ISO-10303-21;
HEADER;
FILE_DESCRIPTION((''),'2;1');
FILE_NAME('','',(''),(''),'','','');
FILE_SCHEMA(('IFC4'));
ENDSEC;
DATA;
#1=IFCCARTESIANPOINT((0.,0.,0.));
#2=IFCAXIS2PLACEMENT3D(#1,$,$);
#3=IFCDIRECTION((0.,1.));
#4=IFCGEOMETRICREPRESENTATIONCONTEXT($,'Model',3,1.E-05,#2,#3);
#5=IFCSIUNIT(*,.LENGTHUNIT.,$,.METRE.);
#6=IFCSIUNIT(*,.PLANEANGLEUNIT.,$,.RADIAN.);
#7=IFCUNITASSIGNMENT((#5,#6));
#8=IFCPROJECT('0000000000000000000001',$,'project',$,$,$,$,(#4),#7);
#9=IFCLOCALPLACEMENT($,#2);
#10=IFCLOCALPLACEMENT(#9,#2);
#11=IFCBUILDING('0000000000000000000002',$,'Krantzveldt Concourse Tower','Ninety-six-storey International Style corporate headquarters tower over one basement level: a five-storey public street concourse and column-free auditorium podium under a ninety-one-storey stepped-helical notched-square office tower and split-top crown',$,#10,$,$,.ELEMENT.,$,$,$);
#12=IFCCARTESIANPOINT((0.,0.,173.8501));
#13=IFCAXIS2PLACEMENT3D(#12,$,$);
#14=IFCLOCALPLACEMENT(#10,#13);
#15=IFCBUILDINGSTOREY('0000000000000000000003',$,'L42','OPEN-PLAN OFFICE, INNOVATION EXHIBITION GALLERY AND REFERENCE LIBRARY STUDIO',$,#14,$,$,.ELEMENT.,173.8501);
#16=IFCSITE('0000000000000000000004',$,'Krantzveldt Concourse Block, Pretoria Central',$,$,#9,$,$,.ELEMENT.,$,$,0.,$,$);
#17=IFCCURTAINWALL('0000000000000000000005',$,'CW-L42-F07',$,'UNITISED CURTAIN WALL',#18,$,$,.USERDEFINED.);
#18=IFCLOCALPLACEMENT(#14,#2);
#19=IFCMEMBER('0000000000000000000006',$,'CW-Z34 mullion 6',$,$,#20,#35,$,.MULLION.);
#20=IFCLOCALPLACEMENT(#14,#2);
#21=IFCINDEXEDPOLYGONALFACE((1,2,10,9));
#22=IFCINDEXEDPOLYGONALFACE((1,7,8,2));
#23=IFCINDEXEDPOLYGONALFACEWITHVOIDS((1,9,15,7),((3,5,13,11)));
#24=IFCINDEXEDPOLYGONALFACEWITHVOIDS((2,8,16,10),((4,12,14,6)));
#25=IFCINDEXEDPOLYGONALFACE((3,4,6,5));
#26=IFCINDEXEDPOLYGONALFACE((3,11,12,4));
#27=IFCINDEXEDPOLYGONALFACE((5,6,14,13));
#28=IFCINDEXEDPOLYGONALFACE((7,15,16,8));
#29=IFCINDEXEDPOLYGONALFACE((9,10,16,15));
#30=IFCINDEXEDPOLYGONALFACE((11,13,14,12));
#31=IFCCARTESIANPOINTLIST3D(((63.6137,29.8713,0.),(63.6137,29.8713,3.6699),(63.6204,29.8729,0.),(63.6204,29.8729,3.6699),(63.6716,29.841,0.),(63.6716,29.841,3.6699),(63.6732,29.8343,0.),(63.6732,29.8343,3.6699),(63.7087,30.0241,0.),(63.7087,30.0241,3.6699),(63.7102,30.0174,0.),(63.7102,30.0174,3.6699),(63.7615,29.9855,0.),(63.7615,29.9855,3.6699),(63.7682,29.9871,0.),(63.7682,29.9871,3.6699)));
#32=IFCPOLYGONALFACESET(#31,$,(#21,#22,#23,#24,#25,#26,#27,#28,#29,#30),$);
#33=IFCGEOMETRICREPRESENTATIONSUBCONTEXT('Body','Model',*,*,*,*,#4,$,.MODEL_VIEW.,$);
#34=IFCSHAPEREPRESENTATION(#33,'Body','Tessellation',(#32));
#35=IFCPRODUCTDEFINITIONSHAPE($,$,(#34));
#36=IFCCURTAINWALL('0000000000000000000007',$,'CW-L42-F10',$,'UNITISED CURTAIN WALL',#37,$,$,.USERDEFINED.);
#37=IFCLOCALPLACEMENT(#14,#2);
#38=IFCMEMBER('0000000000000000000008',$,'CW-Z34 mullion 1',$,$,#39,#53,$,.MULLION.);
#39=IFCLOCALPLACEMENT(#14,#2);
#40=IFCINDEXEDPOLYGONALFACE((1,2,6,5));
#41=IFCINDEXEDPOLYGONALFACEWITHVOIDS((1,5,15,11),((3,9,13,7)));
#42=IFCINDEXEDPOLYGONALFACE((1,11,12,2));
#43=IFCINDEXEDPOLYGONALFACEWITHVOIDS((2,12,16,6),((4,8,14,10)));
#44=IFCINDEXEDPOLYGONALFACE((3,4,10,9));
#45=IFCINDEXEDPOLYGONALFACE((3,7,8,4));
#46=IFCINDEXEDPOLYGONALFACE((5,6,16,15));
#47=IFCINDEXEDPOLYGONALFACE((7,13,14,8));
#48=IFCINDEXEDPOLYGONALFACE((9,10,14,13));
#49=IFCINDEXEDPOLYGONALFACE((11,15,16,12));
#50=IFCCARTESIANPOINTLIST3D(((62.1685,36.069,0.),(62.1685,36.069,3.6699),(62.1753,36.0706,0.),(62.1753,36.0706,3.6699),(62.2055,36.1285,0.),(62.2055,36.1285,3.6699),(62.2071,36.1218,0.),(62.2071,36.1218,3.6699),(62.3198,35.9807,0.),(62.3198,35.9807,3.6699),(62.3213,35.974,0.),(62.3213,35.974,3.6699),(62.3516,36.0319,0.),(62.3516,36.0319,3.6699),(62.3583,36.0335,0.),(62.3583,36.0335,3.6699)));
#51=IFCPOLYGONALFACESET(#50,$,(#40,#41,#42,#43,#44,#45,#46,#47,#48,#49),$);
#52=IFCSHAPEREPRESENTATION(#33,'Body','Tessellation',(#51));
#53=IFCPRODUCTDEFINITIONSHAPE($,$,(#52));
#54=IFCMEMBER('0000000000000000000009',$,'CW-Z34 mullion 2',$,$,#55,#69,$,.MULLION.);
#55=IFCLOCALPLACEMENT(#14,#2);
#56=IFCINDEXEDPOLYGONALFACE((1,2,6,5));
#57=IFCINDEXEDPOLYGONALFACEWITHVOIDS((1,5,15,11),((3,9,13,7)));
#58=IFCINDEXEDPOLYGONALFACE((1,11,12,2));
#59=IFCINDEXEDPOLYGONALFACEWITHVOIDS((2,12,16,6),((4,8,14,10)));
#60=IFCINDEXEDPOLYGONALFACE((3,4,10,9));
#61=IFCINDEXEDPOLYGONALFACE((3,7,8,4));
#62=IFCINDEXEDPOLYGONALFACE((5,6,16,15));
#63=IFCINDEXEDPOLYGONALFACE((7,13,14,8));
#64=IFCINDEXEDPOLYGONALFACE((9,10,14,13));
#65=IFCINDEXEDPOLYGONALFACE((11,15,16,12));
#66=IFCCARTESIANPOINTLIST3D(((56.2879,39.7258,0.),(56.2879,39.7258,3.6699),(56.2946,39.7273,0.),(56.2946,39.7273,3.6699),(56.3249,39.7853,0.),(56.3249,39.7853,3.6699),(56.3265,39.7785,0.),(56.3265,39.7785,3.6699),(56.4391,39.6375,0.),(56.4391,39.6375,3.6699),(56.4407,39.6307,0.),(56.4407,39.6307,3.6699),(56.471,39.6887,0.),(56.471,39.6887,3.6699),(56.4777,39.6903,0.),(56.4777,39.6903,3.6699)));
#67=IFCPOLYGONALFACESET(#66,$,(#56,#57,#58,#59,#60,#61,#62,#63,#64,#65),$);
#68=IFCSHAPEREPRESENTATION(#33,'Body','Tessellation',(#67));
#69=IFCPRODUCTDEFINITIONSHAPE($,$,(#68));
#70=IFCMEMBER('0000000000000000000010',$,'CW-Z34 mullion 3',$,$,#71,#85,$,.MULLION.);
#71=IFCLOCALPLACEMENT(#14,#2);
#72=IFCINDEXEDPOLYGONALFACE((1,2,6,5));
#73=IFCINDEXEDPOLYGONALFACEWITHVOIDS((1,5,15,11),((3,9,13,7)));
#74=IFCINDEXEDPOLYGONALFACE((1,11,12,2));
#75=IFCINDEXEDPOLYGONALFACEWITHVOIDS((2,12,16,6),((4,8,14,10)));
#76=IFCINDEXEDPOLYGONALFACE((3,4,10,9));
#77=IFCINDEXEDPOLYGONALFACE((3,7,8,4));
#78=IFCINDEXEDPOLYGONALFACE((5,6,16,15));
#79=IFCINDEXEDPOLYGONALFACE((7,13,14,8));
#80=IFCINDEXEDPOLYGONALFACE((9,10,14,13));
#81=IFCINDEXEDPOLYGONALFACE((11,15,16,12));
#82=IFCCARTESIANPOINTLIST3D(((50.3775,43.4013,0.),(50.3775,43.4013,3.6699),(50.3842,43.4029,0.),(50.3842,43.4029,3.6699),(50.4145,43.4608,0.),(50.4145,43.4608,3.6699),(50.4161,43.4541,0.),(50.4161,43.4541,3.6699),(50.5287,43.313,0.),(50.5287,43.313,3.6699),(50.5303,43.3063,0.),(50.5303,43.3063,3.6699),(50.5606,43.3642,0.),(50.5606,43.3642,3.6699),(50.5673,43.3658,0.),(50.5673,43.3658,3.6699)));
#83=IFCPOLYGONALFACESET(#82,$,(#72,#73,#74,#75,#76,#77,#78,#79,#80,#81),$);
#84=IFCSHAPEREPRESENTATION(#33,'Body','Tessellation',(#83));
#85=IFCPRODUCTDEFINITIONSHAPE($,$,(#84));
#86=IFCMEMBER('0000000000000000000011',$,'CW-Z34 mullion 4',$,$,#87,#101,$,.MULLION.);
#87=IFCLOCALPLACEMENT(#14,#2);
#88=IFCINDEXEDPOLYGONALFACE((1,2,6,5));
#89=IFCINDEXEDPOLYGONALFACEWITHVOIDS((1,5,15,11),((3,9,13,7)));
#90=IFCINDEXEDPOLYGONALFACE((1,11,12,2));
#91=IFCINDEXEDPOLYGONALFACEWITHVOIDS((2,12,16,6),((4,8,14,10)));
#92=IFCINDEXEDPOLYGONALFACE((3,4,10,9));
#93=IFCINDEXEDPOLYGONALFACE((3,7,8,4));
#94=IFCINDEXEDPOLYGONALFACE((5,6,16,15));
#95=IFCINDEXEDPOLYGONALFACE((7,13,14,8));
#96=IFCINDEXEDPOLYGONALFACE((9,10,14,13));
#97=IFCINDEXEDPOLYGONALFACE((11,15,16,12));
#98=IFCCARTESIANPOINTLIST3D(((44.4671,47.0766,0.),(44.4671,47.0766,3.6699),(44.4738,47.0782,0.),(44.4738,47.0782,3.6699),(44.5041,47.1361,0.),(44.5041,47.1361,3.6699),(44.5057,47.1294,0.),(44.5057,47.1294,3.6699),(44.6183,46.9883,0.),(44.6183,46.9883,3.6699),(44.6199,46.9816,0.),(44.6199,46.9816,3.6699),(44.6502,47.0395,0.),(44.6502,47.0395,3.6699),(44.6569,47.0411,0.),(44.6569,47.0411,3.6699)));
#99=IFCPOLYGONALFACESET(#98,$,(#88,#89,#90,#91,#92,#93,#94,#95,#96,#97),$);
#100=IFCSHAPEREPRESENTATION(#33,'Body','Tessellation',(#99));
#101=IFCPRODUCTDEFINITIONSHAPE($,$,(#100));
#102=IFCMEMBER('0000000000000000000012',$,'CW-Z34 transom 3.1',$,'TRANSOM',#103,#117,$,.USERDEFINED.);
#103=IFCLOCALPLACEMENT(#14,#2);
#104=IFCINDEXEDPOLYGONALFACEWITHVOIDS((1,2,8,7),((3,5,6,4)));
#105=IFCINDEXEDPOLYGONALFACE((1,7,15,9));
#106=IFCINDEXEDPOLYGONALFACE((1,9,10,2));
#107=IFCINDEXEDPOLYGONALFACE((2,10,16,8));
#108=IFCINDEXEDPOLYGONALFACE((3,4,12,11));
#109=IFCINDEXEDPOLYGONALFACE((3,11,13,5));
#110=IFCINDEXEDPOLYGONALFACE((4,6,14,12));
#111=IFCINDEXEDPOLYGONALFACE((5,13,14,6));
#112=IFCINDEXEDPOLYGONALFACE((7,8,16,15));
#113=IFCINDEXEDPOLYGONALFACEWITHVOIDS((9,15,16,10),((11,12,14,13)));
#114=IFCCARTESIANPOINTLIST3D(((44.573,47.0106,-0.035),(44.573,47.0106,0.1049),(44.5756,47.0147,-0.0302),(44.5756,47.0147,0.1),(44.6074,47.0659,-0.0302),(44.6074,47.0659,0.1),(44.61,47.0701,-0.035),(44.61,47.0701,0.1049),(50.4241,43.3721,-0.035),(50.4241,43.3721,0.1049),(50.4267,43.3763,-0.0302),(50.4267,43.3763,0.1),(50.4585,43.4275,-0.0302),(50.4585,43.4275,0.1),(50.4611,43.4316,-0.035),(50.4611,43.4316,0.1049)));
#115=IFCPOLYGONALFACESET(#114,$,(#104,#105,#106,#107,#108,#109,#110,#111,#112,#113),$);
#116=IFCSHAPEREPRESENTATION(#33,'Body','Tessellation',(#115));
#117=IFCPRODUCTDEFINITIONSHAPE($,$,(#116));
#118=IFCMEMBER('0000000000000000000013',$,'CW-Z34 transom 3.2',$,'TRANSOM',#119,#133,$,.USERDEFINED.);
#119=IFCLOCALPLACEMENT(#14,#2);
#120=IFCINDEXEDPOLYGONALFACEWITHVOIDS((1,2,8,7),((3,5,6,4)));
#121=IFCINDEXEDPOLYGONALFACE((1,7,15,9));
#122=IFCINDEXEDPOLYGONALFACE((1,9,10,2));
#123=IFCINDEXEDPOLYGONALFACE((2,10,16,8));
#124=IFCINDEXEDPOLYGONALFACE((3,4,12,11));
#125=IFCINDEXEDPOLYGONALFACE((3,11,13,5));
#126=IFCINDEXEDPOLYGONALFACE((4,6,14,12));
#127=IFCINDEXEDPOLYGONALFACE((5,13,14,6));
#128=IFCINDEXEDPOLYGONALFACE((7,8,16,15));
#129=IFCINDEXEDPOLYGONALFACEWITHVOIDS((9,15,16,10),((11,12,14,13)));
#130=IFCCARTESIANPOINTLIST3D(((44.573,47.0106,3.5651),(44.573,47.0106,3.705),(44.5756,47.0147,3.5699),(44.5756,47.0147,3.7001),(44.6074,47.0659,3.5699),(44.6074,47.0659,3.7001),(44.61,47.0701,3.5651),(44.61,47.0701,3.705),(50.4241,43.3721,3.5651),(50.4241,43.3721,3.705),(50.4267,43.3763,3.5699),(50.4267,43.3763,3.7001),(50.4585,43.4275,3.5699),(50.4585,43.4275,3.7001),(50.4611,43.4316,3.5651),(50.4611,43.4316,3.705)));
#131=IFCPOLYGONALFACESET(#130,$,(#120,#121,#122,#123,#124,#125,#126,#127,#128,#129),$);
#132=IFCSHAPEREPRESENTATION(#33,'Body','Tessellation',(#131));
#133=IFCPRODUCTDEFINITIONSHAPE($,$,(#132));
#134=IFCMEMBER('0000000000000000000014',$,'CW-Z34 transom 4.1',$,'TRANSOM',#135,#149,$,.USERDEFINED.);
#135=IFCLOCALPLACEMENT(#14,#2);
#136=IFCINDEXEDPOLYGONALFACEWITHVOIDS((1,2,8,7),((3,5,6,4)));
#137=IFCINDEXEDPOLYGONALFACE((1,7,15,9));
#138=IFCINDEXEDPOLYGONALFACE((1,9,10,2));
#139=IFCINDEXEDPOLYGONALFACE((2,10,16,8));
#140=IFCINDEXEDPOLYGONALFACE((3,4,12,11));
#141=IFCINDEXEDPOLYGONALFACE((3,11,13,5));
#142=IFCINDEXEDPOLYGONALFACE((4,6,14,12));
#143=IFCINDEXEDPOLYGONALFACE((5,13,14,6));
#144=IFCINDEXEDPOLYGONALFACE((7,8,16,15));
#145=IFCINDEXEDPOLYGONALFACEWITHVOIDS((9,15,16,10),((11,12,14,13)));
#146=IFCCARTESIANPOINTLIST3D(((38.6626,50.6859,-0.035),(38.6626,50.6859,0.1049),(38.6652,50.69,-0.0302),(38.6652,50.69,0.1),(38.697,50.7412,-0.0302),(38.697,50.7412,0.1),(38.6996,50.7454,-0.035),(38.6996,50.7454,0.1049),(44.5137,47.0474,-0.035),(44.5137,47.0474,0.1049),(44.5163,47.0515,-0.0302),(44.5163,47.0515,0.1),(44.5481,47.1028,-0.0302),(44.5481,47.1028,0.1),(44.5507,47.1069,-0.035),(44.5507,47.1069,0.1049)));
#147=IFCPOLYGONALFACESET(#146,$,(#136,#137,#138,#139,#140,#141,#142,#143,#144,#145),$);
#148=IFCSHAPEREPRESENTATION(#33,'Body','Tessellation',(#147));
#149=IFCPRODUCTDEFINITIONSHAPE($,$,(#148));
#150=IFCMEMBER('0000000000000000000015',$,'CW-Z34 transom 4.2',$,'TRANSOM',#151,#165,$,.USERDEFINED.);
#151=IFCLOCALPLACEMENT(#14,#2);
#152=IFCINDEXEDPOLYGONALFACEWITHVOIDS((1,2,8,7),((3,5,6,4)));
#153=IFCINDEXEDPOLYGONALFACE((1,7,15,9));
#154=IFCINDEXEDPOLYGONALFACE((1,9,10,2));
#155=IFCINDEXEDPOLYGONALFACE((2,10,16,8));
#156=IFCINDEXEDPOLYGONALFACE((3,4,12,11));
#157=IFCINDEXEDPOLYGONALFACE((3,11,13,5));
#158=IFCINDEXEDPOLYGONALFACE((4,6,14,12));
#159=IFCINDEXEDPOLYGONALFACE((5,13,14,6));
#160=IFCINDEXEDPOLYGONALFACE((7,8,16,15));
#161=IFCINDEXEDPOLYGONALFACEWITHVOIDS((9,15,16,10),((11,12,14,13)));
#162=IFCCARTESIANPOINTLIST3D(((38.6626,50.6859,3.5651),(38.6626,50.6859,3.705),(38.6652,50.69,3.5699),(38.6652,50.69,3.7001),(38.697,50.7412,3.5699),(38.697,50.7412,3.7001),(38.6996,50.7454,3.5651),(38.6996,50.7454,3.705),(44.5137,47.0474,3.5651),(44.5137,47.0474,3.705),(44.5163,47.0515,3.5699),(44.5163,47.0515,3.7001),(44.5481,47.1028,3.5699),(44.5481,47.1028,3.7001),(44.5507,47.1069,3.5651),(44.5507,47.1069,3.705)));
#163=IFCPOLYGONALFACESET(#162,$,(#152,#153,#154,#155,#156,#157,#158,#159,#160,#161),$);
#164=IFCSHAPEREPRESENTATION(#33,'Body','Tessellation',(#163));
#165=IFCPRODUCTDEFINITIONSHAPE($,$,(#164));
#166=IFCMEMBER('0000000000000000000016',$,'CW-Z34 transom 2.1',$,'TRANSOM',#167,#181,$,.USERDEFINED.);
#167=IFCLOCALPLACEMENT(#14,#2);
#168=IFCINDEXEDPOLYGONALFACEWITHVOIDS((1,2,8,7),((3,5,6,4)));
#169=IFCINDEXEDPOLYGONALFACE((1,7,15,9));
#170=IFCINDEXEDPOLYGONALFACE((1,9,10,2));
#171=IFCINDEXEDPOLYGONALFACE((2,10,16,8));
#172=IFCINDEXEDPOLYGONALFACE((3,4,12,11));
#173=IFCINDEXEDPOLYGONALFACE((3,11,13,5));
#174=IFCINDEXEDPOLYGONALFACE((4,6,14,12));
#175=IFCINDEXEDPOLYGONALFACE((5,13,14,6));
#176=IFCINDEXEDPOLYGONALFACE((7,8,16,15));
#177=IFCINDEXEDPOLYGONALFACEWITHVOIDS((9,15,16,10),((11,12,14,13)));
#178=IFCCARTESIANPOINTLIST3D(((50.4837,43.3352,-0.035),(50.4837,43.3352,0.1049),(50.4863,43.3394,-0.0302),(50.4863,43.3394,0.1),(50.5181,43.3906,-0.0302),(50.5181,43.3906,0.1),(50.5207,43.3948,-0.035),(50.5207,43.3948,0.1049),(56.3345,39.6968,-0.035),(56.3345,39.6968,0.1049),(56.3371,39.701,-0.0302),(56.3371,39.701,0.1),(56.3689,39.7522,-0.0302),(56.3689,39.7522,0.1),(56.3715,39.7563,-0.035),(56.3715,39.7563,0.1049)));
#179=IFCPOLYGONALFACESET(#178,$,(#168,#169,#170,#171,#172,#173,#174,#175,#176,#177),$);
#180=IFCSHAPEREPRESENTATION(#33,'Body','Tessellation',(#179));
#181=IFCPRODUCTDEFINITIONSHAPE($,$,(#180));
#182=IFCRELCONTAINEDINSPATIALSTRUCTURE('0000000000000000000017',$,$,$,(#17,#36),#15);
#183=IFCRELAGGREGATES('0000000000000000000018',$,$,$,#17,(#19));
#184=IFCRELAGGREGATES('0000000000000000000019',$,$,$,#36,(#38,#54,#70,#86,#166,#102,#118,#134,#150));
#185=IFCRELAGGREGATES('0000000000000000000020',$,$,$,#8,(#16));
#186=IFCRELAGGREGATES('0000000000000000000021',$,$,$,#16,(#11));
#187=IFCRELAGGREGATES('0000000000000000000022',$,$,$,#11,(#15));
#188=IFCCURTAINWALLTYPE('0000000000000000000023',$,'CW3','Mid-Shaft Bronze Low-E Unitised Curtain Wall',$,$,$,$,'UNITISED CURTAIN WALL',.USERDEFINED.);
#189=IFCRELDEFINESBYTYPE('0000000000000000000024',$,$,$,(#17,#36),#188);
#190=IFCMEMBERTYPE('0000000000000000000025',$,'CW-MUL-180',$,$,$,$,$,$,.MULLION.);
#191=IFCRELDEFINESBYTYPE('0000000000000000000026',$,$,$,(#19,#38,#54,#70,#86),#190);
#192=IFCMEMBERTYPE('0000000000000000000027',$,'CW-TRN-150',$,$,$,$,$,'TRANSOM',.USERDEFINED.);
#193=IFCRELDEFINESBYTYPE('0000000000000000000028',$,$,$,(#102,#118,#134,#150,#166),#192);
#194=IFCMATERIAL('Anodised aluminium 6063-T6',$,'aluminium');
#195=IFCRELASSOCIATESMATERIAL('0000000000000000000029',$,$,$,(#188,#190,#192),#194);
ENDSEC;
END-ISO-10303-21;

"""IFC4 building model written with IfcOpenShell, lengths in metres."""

from ifc_helpers import new_model, si_unit, direction, frame, origin, origin_2d, place, context, subcontext, project, spatial, hollow_rectangle, extrude, source, transform, mapped, material, material_profile, profile_set, type_object, type_shapes, element, aggregate, save


model = new_model("IFC4")

# Units and contexts
model_context = context("Model", 3, precision=1e-05, world=origin(), true_north=direction((0.0, 1.0)))
body_context = subcontext(model_context, "Body", "Model", "MODEL_VIEW")
ifc_project = project(units=[si_unit("LENGTHUNIT", "METRE"), si_unit("PLANEANGLEUNIT", "RADIAN")], contexts=[model_context])

# Site, building, storey
site_placement = place(None, origin())
site = spatial("IfcSite", under=ifc_project, at=site_placement, Name="Krantzveldt Concourse Block, Pretoria Central", CompositionType="ELEMENT", RefElevation=0.0)
building_placement = place(site_placement, origin())
building = spatial("IfcBuilding", under=site, at=building_placement, Name="Krantzveldt Concourse Tower", Description="Ninety-six-storey International Style corporate headquarters tower over one basement level: a five-storey public street concourse and column-free auditorium podium under a ninety-one-storey stepped-helical notched-square office tower and split-top crown", CompositionType="ELEMENT")
storey_placement = place(building_placement, frame((0.0, 0.0, 173.8501)))
storey = spatial("IfcBuildingStorey", under=building, at=storey_placement, Name="L42", Description="OPEN-PLAN OFFICE, INNOVATION EXHIBITION GALLERY AND REFERENCE LIBRARY STUDIO", CompositionType="ELEMENT", Elevation=173.8501)

# Curtain wall, member
ifc_material_1 = material(Name="Anodised aluminium 6063-T6", Category="aluminium")
curtain_wall_type = type_object("IfcCurtainWallType", Name="CW3", Description="Mid-Shaft Bronze Low-E Unitised Curtain Wall", ElementType="UNITISED CURTAIN WALL", PredefinedType="USERDEFINED", material=ifc_material_1)
curtain_wall_1_placement = place(storey_placement, origin())
curtain_wall_1 = element("IfcCurtainWall", 1, at=curtain_wall_1_placement, inside=storey, type_object=curtain_wall_type, Name="CW-L42-F07", ObjectType="UNITISED CURTAIN WALL", PredefinedType="USERDEFINED")
ifc_material_profile_1 = material_profile(ifc_material_1, hollow_rectangle(XDim=0.0701, YDim=0.1799, WallThickness=0.0049, at=origin_2d()), Name="Anodised aluminium 6063-T6", Category="aluminium")
ifc_profile_set_1 = profile_set([ifc_material_profile_1], Name="Anodised aluminium 6063-T6 - ALU-MULL 180x70x5")
member_type_1 = type_object("IfcMemberType", Name="CW-MUL-180", PredefinedType="MULLION", material=ifc_profile_set_1)
shared_shape_1 = source(origin(), body_context, "Body", "SweptSolid", [
    extrude(hollow_rectangle(XDim=0.0701, YDim=0.1799, WallThickness=0.0049, at=origin_2d()), origin(), (0.0, 0.0, 1.0), 3.6699),
])
type_shapes(member_type_1, [shared_shape_1])
member_1_placement = place(storey_placement, frame((63.6909, 29.9292, 0.0), z_axis=(0.0, 0.0, 1.0), x_axis=(-0.849202, 0.528068, 0.0)))
member_1 = element("IfcMember", 2, at=member_1_placement, type_object=member_type_1, Name="CW-Z34 mullion 6", PredefinedType="MULLION", context=body_context, shape_type="MappedRepresentation", body=[
    mapped(shared_shape_1, transform((0.0, 0.0, 0.0), x_axis=(1.0, 0.0, 0.0), y_axis=(0.0, 1.0, 0.0), z_axis=(0.0, 0.0, 1.0), scale=1.0)),
])

# Curtain wall, members
curtain_wall_2_placement = place(storey_placement, origin())
curtain_wall_2 = element("IfcCurtainWall", 3, at=curtain_wall_2_placement, inside=storey, type_object=curtain_wall_type, Name="CW-L42-F10", ObjectType="UNITISED CURTAIN WALL", PredefinedType="USERDEFINED")
member_2_placement = place(storey_placement, frame((62.2634, 36.0513, 0.0), z_axis=(0.0, 0.0, 1.0), x_axis=(-0.528068, -0.849202, 0.0)))
member_2 = element("IfcMember", 4, at=member_2_placement, type_object=member_type_1, Name="CW-Z34 mullion 1", PredefinedType="MULLION", context=body_context, shape_type="MappedRepresentation", body=[
    mapped(shared_shape_1, transform((0.0, 0.0, 0.0), x_axis=(1.0, 0.0, 0.0), y_axis=(0.0, 1.0, 0.0), z_axis=(0.0, 0.0, 1.0), scale=1.0)),
])
member_3_placement = place(storey_placement, frame((56.3828, 39.708, 0.0), z_axis=(0.0, 0.0, 1.0), x_axis=(-0.528068, -0.849202, 0.0)))
member_3 = element("IfcMember", 5, at=member_3_placement, type_object=member_type_1, Name="CW-Z34 mullion 2", PredefinedType="MULLION", context=body_context, shape_type="MappedRepresentation", body=[
    mapped(shared_shape_1, transform((0.0, 0.0, 0.0), x_axis=(1.0, 0.0, 0.0), y_axis=(0.0, 1.0, 0.0), z_axis=(0.0, 0.0, 1.0), scale=1.0)),
])
member_4_placement = place(storey_placement, frame((50.4724, 43.3835, 0.0), z_axis=(0.0, 0.0, 1.0), x_axis=(-0.528068, -0.849202, 0.0)))
member_4 = element("IfcMember", 6, at=member_4_placement, type_object=member_type_1, Name="CW-Z34 mullion 3", PredefinedType="MULLION", context=body_context, shape_type="MappedRepresentation", body=[
    mapped(shared_shape_1, transform((0.0, 0.0, 0.0), x_axis=(1.0, 0.0, 0.0), y_axis=(0.0, 1.0, 0.0), z_axis=(0.0, 0.0, 1.0), scale=1.0)),
])
member_5_placement = place(storey_placement, frame((44.562, 47.0588, 0.0), z_axis=(0.0, 0.0, 1.0), x_axis=(-0.528068, -0.849202, 0.0)))
member_5 = element("IfcMember", 7, at=member_5_placement, type_object=member_type_1, Name="CW-Z34 mullion 4", PredefinedType="MULLION", context=body_context, shape_type="MappedRepresentation", body=[
    mapped(shared_shape_1, transform((0.0, 0.0, 0.0), x_axis=(1.0, 0.0, 0.0), y_axis=(0.0, 1.0, 0.0), z_axis=(0.0, 0.0, 1.0), scale=1.0)),
])
ifc_material_profile_2 = material_profile(ifc_material_1, hollow_rectangle(XDim=0.0701, YDim=0.1399, WallThickness=0.0049, at=origin_2d()), Name="Anodised aluminium 6063-T6", Category="aluminium")
ifc_profile_set_2 = profile_set([ifc_material_profile_2], Name="Anodised aluminium 6063-T6 - ALU-TRAN 140x70x5")
member_type_2 = type_object("IfcMemberType", Name="CW-TRN-150", ElementType="TRANSOM", PredefinedType="USERDEFINED", material=ifc_profile_set_2)
shared_shape_2 = source(origin(), body_context, "Body", "SweptSolid", [
    extrude(hollow_rectangle(XDim=0.0701, YDim=0.1399, WallThickness=0.0049, at=origin_2d()), origin(), (0.0, 0.0, 1.0), 6.8901),
])
member_6_placement = place(storey_placement, frame((50.4426, 43.4019, 0.0349), z_axis=(-0.849202, 0.528067, 0.0), x_axis=(-0.528067, -0.849202, 0.0)))
member_6 = element("IfcMember", 8, at=member_6_placement, type_object=member_type_2, Name="CW-Z34 transom 3.1", ObjectType="TRANSOM", PredefinedType="USERDEFINED", context=body_context, shape_type="MappedRepresentation", body=[
    mapped(shared_shape_2, transform((0.0, 0.0, 0.0), x_axis=(1.0, 0.0, 0.0), y_axis=(0.0, 1.0, 0.0), z_axis=(0.0, 0.0, 1.0), scale=1.0)),
])
member_7_placement = place(storey_placement, frame((50.4426, 43.4019, 3.635), z_axis=(-0.849202, 0.528067, 0.0), x_axis=(-0.528067, -0.849202, 0.0)))
member_7 = element("IfcMember", 9, at=member_7_placement, type_object=member_type_2, Name="CW-Z34 transom 3.2", ObjectType="TRANSOM", PredefinedType="USERDEFINED", context=body_context, shape_type="MappedRepresentation", body=[
    mapped(shared_shape_2, transform((0.0, 0.0, 0.0), x_axis=(1.0, 0.0, 0.0), y_axis=(0.0, 1.0, 0.0), z_axis=(0.0, 0.0, 1.0), scale=1.0)),
])
member_8_placement = place(storey_placement, frame((44.5322, 47.0771, 0.0349), z_axis=(-0.849202, 0.528067, 0.0), x_axis=(-0.528067, -0.849202, 0.0)))
member_8 = element("IfcMember", 10, at=member_8_placement, type_object=member_type_2, Name="CW-Z34 transom 4.1", ObjectType="TRANSOM", PredefinedType="USERDEFINED", context=body_context, shape_type="MappedRepresentation", body=[
    mapped(shared_shape_2, transform((0.0, 0.0, 0.0), x_axis=(1.0, 0.0, 0.0), y_axis=(0.0, 1.0, 0.0), z_axis=(0.0, 0.0, 1.0), scale=1.0)),
])
member_9_placement = place(storey_placement, frame((44.5322, 47.0771, 3.635), z_axis=(-0.849202, 0.528067, 0.0), x_axis=(-0.528067, -0.849202, 0.0)))
member_9 = element("IfcMember", 11, at=member_9_placement, type_object=member_type_2, Name="CW-Z34 transom 4.2", ObjectType="TRANSOM", PredefinedType="USERDEFINED", context=body_context, shape_type="MappedRepresentation", body=[
    mapped(shared_shape_2, transform((0.0, 0.0, 0.0), x_axis=(1.0, 0.0, 0.0), y_axis=(0.0, 1.0, 0.0), z_axis=(0.0, 0.0, 1.0), scale=1.0)),
])
shared_shape_3 = source(origin(), body_context, "Body", "SweptSolid", [
    extrude(hollow_rectangle(XDim=0.0701, YDim=0.1399, WallThickness=0.0049, at=origin_2d()), origin(), (0.0, 0.0, 1.0), 6.8899),
])
member_10_placement = place(storey_placement, frame((56.353, 39.7266, 0.0349), z_axis=(-0.849193, 0.528083, 0.0), x_axis=(-0.528083, -0.849193, 0.0)))
member_10 = element("IfcMember", 12, at=member_10_placement, type_object=member_type_2, Name="CW-Z34 transom 2.1", ObjectType="TRANSOM", PredefinedType="USERDEFINED", context=body_context, shape_type="MappedRepresentation", body=[
    mapped(shared_shape_3, transform((0.0, 0.0, 0.0), x_axis=(1.0, 0.0, 0.0), y_axis=(0.0, 1.0, 0.0), z_axis=(0.0, 0.0, 1.0), scale=1.0)),
])

aggregate(curtain_wall_1, [member_1])
aggregate(curtain_wall_2, [member_2, member_3, member_4, member_5, member_10, member_6, member_7, member_8, member_9])

save(model, "model.ifc")
